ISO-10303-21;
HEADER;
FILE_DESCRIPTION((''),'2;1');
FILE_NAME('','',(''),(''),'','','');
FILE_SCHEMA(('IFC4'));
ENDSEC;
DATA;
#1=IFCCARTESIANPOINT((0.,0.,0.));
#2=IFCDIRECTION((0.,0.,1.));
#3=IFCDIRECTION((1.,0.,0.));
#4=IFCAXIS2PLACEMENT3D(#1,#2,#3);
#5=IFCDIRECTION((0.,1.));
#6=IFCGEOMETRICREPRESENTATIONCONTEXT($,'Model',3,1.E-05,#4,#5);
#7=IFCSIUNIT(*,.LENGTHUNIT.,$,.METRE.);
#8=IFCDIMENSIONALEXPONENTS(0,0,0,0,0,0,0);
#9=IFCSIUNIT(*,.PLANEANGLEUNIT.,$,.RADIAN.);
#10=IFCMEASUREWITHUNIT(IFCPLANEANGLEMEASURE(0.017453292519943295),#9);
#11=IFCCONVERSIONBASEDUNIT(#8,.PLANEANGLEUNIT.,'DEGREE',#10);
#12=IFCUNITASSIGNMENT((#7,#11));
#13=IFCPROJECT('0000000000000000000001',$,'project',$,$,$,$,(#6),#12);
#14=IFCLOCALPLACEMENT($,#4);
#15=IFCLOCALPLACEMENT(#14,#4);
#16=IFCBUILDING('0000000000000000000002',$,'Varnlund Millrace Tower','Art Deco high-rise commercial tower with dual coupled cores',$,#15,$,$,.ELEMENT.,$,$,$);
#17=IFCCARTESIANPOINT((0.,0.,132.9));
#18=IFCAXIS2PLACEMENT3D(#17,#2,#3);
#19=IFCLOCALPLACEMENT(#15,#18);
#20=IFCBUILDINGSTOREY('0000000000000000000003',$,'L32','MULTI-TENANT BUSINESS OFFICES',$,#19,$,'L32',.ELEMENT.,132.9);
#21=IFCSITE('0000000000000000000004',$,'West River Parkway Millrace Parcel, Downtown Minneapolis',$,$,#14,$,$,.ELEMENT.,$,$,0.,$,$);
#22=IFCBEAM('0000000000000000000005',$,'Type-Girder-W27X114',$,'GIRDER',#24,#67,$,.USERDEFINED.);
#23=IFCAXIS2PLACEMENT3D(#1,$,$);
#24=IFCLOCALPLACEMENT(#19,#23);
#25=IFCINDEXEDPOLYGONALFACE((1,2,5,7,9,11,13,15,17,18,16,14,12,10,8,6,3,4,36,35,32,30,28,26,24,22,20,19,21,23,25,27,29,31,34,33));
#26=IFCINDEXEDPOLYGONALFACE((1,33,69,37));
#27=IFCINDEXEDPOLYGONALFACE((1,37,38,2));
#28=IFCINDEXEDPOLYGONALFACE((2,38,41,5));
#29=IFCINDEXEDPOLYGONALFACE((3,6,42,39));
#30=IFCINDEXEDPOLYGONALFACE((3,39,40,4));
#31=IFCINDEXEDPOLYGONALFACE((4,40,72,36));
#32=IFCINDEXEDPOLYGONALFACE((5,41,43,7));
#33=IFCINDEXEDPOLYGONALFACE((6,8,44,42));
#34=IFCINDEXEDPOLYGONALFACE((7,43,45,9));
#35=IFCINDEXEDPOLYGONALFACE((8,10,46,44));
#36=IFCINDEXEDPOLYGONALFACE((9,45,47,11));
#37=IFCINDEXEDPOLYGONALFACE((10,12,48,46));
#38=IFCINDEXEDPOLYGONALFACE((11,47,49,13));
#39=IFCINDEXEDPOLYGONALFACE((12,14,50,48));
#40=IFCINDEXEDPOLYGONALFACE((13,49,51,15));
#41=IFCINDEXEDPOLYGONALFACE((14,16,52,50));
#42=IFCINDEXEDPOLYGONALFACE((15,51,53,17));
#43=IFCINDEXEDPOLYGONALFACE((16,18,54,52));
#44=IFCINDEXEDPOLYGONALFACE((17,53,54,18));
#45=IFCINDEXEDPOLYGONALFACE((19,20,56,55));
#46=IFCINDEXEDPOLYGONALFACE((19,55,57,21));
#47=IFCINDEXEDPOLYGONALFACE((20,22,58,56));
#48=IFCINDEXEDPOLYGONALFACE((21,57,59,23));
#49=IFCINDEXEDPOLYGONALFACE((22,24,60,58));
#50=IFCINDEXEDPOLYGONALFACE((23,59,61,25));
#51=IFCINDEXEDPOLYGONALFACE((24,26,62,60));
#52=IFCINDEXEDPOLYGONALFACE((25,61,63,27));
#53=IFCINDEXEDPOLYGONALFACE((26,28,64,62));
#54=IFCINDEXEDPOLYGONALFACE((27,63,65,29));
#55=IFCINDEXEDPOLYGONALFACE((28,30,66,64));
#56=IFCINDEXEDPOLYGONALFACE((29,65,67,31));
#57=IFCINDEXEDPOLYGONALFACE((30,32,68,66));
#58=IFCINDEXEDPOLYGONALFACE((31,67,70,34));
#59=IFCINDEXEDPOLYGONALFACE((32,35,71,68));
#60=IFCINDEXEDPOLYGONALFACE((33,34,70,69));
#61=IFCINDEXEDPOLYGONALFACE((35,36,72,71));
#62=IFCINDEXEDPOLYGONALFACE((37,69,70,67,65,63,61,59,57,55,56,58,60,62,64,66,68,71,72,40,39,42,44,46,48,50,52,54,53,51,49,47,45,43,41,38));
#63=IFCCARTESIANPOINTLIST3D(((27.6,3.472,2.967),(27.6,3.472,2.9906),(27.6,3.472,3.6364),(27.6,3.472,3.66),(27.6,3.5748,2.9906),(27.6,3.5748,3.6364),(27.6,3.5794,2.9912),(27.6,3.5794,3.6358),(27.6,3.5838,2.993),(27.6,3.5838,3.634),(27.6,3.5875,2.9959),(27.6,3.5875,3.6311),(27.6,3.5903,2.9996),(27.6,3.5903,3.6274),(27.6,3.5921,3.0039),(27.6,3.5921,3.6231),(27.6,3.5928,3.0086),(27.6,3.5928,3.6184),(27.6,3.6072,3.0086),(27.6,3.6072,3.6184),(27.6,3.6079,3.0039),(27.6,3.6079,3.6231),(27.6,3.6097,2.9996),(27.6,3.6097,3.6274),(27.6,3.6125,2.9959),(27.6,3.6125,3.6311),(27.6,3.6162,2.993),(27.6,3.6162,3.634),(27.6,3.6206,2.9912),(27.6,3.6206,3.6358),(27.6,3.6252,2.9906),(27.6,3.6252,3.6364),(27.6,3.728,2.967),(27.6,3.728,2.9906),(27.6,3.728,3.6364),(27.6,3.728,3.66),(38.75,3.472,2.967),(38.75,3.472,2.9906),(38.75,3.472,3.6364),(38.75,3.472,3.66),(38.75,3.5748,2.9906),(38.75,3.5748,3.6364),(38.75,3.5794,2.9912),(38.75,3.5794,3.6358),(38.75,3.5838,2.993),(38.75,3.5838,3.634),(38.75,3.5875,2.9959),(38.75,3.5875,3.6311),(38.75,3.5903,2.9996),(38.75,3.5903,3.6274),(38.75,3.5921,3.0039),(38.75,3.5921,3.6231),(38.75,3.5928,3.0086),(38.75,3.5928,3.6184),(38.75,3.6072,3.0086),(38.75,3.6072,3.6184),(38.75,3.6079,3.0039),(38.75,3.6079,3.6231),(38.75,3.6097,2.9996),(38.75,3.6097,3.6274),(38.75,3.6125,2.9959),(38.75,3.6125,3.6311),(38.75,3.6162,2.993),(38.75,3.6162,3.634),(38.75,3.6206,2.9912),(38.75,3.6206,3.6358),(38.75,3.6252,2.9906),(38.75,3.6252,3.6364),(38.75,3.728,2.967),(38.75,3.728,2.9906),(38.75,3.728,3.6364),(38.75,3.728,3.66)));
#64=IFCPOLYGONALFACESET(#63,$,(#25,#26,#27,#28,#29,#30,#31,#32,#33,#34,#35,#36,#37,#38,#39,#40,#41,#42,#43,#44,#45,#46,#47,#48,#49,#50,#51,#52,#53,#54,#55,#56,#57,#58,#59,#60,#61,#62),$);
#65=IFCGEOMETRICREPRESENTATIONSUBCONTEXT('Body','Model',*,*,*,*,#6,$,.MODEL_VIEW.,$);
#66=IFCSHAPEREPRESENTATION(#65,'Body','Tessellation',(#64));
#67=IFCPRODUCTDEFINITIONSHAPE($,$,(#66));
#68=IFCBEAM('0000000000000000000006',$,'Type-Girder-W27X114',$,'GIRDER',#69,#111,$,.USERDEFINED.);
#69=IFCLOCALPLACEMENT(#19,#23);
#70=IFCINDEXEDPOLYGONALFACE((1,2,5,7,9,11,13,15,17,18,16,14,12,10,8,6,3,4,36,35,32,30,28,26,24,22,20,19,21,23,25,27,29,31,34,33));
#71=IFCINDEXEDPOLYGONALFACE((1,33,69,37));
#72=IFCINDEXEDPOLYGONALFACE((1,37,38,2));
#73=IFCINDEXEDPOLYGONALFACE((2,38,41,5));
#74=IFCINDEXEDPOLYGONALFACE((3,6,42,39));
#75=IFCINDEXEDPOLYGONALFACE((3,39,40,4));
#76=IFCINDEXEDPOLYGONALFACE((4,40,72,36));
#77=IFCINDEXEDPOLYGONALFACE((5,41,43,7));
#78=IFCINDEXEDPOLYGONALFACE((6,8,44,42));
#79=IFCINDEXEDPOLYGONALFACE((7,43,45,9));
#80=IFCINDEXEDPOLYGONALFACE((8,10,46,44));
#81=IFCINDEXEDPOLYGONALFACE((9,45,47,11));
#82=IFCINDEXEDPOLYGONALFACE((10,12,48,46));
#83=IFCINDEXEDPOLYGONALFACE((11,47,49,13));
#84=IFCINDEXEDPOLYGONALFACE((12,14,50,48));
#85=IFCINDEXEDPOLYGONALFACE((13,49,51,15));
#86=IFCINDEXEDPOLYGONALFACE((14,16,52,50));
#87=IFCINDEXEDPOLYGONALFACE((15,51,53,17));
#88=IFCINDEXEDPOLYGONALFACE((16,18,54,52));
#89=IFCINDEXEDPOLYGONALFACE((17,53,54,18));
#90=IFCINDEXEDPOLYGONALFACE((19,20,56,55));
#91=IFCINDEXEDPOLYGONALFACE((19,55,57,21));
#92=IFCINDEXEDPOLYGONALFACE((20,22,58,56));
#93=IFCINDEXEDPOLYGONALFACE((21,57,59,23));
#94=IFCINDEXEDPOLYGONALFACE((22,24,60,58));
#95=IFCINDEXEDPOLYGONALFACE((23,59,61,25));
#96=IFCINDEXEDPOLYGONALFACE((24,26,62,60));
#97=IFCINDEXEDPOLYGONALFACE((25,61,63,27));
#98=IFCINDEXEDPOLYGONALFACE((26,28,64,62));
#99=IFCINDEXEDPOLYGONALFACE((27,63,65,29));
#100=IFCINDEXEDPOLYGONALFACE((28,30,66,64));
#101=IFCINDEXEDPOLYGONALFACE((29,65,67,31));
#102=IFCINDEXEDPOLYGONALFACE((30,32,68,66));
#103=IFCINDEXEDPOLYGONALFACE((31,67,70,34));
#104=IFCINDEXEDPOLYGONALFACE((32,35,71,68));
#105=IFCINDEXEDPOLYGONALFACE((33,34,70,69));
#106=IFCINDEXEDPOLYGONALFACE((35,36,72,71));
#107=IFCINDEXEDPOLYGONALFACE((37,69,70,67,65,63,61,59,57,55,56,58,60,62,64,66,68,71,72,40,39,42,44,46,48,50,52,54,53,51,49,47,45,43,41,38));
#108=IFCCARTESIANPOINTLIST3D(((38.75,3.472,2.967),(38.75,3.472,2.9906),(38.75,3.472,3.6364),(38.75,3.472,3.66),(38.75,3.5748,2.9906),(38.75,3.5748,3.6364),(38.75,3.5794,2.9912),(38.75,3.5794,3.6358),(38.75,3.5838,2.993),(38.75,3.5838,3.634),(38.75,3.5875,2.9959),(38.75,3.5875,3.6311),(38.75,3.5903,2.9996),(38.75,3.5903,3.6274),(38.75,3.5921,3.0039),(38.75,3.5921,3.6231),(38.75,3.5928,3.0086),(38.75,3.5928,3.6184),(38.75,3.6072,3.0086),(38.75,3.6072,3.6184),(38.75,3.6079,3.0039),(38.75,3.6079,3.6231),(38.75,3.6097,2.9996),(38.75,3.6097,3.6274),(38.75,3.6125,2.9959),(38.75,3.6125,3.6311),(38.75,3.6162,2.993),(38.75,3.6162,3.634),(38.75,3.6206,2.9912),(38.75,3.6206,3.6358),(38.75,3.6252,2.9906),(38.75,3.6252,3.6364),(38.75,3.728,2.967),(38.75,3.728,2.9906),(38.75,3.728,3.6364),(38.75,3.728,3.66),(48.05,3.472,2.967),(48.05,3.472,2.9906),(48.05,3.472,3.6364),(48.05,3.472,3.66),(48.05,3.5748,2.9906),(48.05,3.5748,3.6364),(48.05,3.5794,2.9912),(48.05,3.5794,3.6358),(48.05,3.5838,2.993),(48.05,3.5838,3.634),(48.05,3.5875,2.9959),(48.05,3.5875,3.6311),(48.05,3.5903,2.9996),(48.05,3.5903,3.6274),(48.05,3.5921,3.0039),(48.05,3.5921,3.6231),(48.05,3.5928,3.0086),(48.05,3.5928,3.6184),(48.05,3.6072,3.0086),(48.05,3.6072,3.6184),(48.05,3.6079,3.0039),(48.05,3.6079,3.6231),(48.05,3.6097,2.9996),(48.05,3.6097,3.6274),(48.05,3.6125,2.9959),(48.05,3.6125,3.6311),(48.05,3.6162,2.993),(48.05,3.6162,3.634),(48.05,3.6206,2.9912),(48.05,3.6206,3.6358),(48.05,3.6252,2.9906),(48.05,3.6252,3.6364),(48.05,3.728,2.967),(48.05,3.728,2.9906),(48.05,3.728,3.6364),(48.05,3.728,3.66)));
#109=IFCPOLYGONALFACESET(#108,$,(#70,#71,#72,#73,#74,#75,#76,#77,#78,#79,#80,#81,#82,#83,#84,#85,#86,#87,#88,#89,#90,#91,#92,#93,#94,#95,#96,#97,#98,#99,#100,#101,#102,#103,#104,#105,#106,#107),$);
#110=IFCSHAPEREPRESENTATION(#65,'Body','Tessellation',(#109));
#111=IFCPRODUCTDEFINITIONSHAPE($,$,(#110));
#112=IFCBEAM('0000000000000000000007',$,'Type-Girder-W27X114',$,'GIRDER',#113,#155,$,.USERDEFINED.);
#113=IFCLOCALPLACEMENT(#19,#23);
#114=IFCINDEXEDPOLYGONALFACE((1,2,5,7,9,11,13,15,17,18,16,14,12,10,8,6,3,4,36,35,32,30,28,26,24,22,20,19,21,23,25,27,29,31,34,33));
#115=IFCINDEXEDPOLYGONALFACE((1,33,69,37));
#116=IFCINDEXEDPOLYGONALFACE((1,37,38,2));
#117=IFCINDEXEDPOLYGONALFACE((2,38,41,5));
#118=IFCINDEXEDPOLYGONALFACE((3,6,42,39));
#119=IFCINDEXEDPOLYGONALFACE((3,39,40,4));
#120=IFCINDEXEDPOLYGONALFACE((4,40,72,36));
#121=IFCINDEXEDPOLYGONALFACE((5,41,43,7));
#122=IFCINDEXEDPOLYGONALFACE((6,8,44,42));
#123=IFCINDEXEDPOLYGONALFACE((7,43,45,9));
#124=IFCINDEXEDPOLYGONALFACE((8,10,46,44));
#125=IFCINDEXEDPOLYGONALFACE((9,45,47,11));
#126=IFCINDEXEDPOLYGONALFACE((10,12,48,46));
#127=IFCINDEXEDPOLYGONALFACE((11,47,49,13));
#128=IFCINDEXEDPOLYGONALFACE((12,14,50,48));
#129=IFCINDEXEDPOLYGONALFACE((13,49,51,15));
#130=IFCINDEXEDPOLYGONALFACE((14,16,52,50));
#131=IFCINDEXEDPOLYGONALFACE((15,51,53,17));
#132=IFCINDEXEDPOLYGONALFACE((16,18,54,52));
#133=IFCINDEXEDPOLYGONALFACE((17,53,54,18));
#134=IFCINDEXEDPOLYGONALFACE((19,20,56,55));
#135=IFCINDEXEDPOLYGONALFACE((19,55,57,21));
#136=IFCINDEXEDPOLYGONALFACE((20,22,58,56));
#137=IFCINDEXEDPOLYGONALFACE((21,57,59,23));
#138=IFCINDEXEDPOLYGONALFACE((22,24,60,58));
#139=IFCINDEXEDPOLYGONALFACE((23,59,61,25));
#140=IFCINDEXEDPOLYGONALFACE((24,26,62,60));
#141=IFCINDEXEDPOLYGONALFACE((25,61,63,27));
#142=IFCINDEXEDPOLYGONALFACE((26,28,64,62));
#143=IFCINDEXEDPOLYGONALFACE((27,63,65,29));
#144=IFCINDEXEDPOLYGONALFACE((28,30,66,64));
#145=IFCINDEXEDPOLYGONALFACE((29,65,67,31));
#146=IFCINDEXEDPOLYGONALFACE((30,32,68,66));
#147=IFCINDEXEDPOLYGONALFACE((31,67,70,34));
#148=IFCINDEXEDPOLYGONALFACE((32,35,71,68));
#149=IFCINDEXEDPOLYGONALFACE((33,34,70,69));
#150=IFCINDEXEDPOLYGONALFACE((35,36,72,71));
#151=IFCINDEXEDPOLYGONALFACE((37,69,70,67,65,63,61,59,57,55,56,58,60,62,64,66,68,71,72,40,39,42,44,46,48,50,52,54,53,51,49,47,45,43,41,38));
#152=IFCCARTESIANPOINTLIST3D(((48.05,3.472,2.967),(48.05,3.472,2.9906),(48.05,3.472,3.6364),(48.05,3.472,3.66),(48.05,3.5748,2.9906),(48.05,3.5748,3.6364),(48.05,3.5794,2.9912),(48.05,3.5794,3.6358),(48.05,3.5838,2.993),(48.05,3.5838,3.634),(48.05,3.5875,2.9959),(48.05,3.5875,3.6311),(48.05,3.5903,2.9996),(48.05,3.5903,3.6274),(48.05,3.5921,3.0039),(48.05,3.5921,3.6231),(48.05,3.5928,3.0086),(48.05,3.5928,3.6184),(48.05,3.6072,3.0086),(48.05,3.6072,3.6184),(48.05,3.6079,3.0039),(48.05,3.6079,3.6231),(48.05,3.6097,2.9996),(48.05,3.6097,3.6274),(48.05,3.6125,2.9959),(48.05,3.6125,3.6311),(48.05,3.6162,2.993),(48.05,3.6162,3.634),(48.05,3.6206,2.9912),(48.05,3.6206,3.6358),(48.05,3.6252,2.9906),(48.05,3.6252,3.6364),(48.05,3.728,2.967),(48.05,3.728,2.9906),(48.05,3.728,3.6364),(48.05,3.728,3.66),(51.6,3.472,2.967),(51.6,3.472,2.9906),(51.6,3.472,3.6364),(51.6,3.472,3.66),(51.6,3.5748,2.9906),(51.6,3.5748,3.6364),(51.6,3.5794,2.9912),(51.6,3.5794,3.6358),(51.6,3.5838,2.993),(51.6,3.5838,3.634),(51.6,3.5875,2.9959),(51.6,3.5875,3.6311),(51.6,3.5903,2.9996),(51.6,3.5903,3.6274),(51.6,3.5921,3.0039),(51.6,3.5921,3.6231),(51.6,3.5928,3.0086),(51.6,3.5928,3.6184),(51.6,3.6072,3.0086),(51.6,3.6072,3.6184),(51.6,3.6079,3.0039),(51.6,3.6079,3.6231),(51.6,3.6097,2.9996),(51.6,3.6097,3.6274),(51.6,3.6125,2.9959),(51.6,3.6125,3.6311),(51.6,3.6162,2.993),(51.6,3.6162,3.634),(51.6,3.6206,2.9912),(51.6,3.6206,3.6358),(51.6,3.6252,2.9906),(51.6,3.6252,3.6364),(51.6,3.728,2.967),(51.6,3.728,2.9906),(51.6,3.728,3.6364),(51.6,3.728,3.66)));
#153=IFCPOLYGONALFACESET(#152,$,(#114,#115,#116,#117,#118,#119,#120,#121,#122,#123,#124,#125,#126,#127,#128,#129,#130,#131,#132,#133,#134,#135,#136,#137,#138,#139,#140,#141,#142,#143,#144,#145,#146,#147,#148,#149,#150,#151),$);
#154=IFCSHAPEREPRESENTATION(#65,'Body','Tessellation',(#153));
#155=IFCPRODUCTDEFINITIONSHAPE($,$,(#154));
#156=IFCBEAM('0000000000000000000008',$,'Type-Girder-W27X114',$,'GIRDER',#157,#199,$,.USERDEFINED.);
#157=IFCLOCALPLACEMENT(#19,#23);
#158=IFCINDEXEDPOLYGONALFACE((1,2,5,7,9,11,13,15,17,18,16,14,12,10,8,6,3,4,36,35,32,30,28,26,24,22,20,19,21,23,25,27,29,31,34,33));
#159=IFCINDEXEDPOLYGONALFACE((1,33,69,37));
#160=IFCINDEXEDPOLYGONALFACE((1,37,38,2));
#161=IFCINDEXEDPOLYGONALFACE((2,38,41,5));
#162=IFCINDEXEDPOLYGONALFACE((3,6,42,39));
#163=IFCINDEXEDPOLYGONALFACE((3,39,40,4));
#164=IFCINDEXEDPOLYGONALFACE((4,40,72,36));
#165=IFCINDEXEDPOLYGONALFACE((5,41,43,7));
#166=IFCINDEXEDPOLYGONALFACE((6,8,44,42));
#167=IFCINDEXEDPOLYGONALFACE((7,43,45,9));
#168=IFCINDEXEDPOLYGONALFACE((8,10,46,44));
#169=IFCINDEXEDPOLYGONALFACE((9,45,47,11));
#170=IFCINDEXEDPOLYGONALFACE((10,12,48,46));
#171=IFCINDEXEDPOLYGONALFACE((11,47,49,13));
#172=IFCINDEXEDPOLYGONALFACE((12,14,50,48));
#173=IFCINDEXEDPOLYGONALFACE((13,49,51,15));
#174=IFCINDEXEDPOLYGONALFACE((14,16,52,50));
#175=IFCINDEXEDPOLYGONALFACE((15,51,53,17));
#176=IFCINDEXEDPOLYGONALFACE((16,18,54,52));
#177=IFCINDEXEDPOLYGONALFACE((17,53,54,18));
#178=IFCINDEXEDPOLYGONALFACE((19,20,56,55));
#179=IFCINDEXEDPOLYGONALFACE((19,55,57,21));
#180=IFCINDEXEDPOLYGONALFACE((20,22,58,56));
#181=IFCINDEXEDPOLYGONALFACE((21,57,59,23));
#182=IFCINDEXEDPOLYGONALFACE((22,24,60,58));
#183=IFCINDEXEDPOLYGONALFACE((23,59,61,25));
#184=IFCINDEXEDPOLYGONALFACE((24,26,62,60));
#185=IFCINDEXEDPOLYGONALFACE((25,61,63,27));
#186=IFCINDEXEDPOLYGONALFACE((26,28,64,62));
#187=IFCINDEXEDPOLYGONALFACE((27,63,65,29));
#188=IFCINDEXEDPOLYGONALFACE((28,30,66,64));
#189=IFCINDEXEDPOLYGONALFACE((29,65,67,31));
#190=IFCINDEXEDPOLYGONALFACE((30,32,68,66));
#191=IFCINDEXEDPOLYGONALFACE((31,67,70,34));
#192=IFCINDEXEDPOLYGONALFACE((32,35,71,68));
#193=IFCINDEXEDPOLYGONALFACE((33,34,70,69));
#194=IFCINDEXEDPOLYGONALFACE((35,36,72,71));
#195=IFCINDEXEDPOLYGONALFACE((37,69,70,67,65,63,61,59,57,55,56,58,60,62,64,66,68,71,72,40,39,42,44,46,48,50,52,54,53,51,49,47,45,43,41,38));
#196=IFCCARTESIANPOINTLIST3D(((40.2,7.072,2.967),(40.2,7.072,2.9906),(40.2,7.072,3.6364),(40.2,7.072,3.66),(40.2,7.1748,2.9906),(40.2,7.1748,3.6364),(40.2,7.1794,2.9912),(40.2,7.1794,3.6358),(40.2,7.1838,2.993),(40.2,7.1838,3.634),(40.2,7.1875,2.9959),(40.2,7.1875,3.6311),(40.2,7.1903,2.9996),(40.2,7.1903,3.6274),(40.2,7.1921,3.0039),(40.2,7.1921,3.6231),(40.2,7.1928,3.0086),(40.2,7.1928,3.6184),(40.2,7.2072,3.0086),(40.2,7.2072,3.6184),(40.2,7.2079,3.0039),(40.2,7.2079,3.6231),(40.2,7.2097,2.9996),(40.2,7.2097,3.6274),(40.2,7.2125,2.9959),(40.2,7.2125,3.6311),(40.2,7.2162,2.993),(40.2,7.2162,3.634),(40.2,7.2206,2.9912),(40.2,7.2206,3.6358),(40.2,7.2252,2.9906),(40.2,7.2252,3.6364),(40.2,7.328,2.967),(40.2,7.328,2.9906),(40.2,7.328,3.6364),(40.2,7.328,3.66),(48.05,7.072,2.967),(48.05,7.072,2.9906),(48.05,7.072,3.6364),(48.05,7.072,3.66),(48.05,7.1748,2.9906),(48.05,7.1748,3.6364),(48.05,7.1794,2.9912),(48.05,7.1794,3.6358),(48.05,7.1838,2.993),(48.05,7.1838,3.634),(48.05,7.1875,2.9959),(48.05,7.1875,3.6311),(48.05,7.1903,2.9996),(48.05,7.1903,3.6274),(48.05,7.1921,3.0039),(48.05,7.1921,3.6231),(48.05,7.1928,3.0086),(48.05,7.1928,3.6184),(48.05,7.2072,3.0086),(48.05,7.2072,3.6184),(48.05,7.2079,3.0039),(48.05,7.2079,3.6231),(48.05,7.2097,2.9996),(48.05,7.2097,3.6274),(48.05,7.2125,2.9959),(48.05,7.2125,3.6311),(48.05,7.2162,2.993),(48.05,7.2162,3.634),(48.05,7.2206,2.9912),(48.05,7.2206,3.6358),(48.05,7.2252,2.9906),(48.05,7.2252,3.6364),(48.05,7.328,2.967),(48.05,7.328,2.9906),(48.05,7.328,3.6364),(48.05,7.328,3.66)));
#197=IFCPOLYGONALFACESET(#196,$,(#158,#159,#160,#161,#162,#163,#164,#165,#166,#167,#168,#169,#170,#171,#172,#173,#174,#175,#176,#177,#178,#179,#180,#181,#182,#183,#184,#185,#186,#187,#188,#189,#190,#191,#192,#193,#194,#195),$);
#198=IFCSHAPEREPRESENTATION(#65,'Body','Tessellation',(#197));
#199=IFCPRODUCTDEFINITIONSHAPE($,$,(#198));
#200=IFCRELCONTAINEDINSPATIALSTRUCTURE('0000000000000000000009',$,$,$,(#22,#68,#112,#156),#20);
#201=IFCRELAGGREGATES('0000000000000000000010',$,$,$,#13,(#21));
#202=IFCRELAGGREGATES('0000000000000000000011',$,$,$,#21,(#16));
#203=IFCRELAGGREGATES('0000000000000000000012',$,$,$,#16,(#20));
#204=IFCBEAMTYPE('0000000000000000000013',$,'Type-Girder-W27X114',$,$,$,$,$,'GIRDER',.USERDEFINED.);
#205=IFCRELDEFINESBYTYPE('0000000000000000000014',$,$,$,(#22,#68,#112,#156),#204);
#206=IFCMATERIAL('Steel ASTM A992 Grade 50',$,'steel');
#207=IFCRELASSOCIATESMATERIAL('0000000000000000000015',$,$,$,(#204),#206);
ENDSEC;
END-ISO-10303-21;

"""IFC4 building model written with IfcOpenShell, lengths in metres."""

from ifc_helpers import new_model, entity, si_unit, converted_unit, direction, frame, origin_with_axes, origin_2d_with_axis, place, context, subcontext, project, spatial, i_section, extrude, material, material_profile, profile_set, type_object, element, save


model = new_model("IFC4")

# Units and contexts
model_context = context("Model", 3, precision=1e-05, world=origin_with_axes(), true_north=direction((0.0, 1.0)))
body_context = subcontext(model_context, "Body", "Model", "MODEL_VIEW")
ifc_project = project(units=[si_unit("LENGTHUNIT", "METRE"), converted_unit("PLANEANGLEUNIT", "DEGREE", entity("IfcPlaneAngleMeasure", 0.017453292519943295), si_unit("PLANEANGLEUNIT", "RADIAN"), dimensions=[0, 0, 0, 0, 0, 0, 0])], contexts=[model_context])

# Site, building, storey
site_placement = place(None, origin_with_axes())
site = spatial("IfcSite", under=ifc_project, at=site_placement, Name="West River Parkway Millrace Parcel, Downtown Minneapolis", CompositionType="ELEMENT", RefElevation=0.0)
building_placement = place(site_placement, origin_with_axes())
building = spatial("IfcBuilding", under=site, at=building_placement, Name="Varnlund Millrace Tower", Description="Art Deco high-rise commercial tower with dual coupled cores", CompositionType="ELEMENT")
storey_placement = place(building_placement, frame((0.0, 0.0, 132.9), z_axis=(0.0, 0.0, 1.0), x_axis=(1.0, 0.0, 0.0)))
storey = spatial("IfcBuildingStorey", under=building, at=storey_placement, Name="L32", Description="MULTI-TENANT BUSINESS OFFICES", LongName="L32", CompositionType="ELEMENT", Elevation=132.9)

# Beams
ifc_material_1 = material(Name="Steel ASTM A992 Grade 50", Category="steel")
ifc_material_profile_1 = material_profile(ifc_material_1, i_section(OverallWidth=0.256, OverallDepth=0.693, WebThickness=0.0145, FlangeThickness=0.0236, FilletRadius=0.018, at=origin_2d_with_axis()), Name="Steel ASTM A992 Grade 50")
ifc_profile_set_1 = profile_set([ifc_material_profile_1], Name="Steel ASTM A992 Grade 50")
beam_type_1 = type_object("IfcBeamType", Name="Type-Girder-W27X114", ElementType="GIRDER", PredefinedType="USERDEFINED", material=ifc_profile_set_1)
beam_1_placement = place(storey_placement, frame((27.6, 3.6, 3.3135), z_axis=(1.0, 0.0, 0.0), x_axis=(0.0, 1.0, 0.0)))
element("IfcBeam", 1, at=beam_1_placement, inside=storey, type_object=beam_type_1, Name="Type-Girder-W27X114", ObjectType="GIRDER", PredefinedType="USERDEFINED", context=body_context, shape_type="SweptSolid", body=[
    extrude(i_section(OverallWidth=0.256, OverallDepth=0.693, WebThickness=0.0145, FlangeThickness=0.0236, FilletRadius=0.018, at=origin_2d_with_axis()), origin_with_axes(), (0.0, 0.0, 1.0), 11.15),
])
beam_2_placement = place(storey_placement, frame((38.75, 3.6, 3.3135), z_axis=(1.0, 0.0, 0.0), x_axis=(0.0, 1.0, 0.0)))
element("IfcBeam", 2, at=beam_2_placement, inside=storey, type_object=beam_type_1, Name="Type-Girder-W27X114", ObjectType="GIRDER", PredefinedType="USERDEFINED", context=body_context, shape_type="SweptSolid", body=[
    extrude(i_section(OverallWidth=0.256, OverallDepth=0.693, WebThickness=0.0145, FlangeThickness=0.0236, FilletRadius=0.018, at=origin_2d_with_axis()), origin_with_axes(), (0.0, 0.0, 1.0), 9.3),
])
beam_3_placement = place(storey_placement, frame((48.05, 3.6, 3.3135), z_axis=(1.0, 0.0, 0.0), x_axis=(0.0, 1.0, 0.0)))
element("IfcBeam", 3, at=beam_3_placement, inside=storey, type_object=beam_type_1, Name="Type-Girder-W27X114", ObjectType="GIRDER", PredefinedType="USERDEFINED", context=body_context, shape_type="SweptSolid", body=[
    extrude(i_section(OverallWidth=0.256, OverallDepth=0.693, WebThickness=0.0145, FlangeThickness=0.0236, FilletRadius=0.018, at=origin_2d_with_axis()), origin_with_axes(), (0.0, 0.0, 1.0), 3.55),
])
beam_4_placement = place(storey_placement, frame((40.2, 7.2, 3.3135), z_axis=(1.0, 0.0, 0.0), x_axis=(0.0, 1.0, 0.0)))
element("IfcBeam", 4, at=beam_4_placement, inside=storey, type_object=beam_type_1, Name="Type-Girder-W27X114", ObjectType="GIRDER", PredefinedType="USERDEFINED", context=body_context, shape_type="SweptSolid", body=[
    extrude(i_section(OverallWidth=0.256, OverallDepth=0.693, WebThickness=0.0145, FlangeThickness=0.0236, FilletRadius=0.018, at=origin_2d_with_axis()), origin_with_axes(), (0.0, 0.0, 1.0), 7.85),
])

save(model, "model.ifc")
